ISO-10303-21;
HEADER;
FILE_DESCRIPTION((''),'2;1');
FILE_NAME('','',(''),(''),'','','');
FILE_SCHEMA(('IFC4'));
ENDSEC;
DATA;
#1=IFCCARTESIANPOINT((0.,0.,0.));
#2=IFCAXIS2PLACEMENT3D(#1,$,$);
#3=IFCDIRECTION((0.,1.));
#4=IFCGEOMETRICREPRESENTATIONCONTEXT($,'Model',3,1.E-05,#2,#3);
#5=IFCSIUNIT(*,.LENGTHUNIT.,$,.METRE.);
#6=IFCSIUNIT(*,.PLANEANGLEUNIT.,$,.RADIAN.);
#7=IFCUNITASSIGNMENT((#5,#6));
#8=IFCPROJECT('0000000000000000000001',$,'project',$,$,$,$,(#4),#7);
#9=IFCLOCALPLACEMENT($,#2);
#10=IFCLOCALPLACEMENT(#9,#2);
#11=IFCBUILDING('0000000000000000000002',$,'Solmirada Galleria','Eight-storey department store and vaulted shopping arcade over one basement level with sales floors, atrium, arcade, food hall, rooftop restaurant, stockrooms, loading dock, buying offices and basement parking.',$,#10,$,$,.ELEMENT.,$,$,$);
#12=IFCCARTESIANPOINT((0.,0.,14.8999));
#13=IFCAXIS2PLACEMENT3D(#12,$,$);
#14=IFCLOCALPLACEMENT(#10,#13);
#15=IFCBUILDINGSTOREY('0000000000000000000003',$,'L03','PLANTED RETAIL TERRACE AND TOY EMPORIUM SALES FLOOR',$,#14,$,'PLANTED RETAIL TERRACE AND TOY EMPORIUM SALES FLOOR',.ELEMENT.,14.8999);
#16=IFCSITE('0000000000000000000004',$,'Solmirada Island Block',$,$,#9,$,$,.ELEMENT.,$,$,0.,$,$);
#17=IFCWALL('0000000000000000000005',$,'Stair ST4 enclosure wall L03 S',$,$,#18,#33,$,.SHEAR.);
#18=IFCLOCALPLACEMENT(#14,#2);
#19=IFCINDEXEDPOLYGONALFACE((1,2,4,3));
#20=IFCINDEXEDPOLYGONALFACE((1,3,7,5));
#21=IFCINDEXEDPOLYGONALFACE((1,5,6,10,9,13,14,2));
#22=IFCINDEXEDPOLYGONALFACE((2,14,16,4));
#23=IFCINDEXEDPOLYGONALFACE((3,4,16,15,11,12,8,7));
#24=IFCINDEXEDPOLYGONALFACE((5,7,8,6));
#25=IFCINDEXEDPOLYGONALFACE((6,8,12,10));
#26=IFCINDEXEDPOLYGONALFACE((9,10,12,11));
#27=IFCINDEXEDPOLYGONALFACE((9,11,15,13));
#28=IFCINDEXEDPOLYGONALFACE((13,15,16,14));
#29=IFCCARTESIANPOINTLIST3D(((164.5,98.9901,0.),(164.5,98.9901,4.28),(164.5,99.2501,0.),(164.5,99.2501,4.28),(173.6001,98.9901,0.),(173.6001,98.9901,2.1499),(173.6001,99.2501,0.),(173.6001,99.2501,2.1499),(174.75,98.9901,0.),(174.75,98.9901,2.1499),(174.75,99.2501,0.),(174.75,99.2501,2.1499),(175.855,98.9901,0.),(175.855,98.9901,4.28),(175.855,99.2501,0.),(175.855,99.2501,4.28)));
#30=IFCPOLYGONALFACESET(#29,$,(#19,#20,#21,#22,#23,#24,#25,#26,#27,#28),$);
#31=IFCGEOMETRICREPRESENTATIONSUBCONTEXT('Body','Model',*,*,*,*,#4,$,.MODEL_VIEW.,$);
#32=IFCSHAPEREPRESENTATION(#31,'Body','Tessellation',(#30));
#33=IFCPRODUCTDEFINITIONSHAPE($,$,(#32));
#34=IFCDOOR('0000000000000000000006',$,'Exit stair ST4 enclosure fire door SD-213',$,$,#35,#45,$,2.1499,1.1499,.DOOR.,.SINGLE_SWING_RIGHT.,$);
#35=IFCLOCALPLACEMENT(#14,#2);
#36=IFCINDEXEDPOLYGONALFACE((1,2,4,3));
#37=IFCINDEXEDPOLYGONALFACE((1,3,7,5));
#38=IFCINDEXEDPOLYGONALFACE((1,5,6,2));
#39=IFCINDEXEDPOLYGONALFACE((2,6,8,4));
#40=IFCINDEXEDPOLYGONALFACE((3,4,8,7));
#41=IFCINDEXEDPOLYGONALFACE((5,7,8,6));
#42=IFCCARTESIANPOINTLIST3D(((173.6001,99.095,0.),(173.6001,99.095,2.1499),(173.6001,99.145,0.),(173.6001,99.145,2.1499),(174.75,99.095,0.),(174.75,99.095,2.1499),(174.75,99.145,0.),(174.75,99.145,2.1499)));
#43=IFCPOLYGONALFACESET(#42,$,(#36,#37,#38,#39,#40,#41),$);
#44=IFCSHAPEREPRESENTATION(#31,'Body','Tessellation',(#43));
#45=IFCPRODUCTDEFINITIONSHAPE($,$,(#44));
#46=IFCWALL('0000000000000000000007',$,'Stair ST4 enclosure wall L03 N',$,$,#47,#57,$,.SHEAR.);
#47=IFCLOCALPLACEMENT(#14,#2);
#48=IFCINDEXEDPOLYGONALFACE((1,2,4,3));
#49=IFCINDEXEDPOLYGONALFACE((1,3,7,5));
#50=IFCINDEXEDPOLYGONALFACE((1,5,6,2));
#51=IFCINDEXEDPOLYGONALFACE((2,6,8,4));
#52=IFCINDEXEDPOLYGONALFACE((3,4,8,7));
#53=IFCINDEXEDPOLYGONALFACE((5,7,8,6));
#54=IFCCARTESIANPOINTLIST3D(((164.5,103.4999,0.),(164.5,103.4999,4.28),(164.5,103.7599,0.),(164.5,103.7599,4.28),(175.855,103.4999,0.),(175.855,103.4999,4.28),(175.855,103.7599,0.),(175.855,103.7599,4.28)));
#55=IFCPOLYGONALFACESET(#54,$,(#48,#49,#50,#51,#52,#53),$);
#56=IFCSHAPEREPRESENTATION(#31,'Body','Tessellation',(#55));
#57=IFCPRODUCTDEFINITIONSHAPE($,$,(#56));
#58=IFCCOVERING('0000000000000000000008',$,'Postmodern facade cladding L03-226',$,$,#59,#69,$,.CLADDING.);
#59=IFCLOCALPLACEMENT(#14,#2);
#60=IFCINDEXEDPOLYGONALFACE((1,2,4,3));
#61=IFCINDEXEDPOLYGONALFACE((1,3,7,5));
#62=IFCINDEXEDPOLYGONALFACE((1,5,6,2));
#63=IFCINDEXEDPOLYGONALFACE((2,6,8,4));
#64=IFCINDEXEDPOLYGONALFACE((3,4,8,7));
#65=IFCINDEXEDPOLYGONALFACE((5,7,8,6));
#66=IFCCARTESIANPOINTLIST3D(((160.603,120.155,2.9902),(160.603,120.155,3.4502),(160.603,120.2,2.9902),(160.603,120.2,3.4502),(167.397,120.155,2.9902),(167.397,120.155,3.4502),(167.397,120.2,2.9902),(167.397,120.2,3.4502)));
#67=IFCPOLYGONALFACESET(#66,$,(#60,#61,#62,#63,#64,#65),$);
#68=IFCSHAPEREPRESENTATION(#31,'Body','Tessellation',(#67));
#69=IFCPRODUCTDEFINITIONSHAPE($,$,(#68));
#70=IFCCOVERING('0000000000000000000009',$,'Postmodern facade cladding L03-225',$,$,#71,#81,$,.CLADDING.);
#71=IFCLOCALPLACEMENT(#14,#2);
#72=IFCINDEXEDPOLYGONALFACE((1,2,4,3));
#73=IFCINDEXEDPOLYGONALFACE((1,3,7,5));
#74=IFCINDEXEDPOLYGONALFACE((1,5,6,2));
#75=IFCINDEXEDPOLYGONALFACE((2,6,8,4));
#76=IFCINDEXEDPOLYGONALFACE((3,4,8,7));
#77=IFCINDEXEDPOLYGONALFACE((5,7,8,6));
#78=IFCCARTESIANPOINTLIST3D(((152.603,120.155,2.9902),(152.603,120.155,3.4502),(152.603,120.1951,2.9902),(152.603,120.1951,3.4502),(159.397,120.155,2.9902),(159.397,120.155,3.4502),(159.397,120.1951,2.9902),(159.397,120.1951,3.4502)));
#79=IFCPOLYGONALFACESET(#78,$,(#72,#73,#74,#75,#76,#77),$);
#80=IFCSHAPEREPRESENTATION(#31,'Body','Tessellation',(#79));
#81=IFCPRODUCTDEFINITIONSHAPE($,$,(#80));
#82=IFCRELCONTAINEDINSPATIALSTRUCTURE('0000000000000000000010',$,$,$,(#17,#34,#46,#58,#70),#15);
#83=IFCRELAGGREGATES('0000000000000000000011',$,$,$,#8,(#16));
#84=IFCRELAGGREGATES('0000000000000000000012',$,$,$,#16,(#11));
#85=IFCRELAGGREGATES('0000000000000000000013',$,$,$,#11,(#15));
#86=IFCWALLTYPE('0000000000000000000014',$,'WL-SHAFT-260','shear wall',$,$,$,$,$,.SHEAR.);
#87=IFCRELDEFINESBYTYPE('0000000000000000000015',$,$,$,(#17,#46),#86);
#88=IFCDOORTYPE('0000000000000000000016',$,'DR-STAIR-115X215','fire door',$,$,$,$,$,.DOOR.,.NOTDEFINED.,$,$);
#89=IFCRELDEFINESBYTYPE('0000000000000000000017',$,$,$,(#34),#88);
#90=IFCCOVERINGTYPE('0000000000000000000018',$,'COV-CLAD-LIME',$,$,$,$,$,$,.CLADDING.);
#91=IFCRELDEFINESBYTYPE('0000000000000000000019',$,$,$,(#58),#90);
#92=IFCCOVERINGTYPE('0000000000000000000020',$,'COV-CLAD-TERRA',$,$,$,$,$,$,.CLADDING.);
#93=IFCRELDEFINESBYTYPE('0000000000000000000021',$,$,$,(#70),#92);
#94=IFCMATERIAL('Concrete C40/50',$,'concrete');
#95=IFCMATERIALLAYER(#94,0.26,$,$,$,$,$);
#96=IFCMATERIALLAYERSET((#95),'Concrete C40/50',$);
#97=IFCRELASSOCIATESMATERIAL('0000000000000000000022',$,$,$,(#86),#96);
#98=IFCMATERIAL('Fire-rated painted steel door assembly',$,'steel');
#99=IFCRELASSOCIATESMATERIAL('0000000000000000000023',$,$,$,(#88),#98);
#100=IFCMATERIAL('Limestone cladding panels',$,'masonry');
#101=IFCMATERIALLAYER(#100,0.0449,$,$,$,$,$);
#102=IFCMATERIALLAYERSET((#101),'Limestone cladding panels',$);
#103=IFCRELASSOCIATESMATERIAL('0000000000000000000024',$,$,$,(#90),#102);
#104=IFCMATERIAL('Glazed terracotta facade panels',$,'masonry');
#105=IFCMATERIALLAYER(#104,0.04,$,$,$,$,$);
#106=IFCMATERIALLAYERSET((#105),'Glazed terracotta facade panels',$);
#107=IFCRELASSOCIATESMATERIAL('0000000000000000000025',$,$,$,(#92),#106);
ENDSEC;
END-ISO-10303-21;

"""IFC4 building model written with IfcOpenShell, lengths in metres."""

from ifc_helpers import new_model, si_unit, direction, frame, frame_2d, origin, origin_2d, place, context, subcontext, project, spatial, rectangle, extrude, material, layer, layer_set, type_object, element, fill, save


model = new_model("IFC4")

# Units and contexts
model_context = context("Model", 3, precision=1e-05, world=origin(), true_north=direction((0.0, 1.0)))
body_context = subcontext(model_context, "Body", "Model", "MODEL_VIEW")
ifc_project = project(units=[si_unit("LENGTHUNIT", "METRE"), si_unit("PLANEANGLEUNIT", "RADIAN")], contexts=[model_context])

# Site, building, storey
site_placement = place(None, origin())
site = spatial("IfcSite", under=ifc_project, at=site_placement, Name="Solmirada Island Block", CompositionType="ELEMENT", RefElevation=0.0)
building_placement = place(site_placement, origin())
building = spatial("IfcBuilding", under=site, at=building_placement, Name="Solmirada Galleria", Description="Eight-storey department store and vaulted shopping arcade over one basement level with sales floors, atrium, arcade, food hall, rooftop restaurant, stockrooms, loading dock, buying offices and basement parking.", CompositionType="ELEMENT")
storey_placement = place(building_placement, frame((0.0, 0.0, 14.8999)))
storey = spatial("IfcBuildingStorey", under=building, at=storey_placement, Name="L03", Description="PLANTED RETAIL TERRACE AND TOY EMPORIUM SALES FLOOR", LongName="PLANTED RETAIL TERRACE AND TOY EMPORIUM SALES FLOOR", CompositionType="ELEMENT", Elevation=14.8999)

# Shared definitions
ifc_material_1 = material(Name="Concrete C40/50", Category="concrete")

# Wall, opening, door
ifc_layer_1 = layer(ifc_material_1, 0.26)
ifc_layer_set_1 = layer_set([ifc_layer_1], Name="Concrete C40/50")
wall_type_1 = type_object("IfcWallType", Name="WL-SHAFT-260", Description="shear wall", PredefinedType="SHEAR", material=ifc_layer_set_1)
wall_1_placement = place(storey_placement, frame((164.5, 99.1201, 0.0), z_axis=(0.0, 0.0, 1.0), x_axis=(1.0, 0.0, 0.0)))
wall_1 = element("IfcWall", 1, at=wall_1_placement, inside=storey, type_object=wall_type_1, Name="Stair ST4 enclosure wall L03 S", PredefinedType="SHEAR", context=body_context, shape_type="SweptSolid", body=[
    extrude(rectangle(XDim=11.355, YDim=0.26, at=frame_2d((5.6775, 0.0))), origin(), (0.0, 0.0, 1.0), 4.28),
])
opening_1_placement = place(wall_1_placement, frame((9.1001, 0.0, 0.0)))
opening_1 = element("IfcOpeningElement", 2, at=opening_1_placement, cuts=wall_1, PredefinedType="OPENING", context=body_context, shape_type="SweptSolid", body=[
    extrude(rectangle(XDim=1.1499, YDim=2.1499, at=frame_2d((0.575, 1.075))), frame((0.0, 0.1399, 0.0), z_axis=(0.0, -1.0, 0.0), x_axis=(1.0, 0.0, 0.0)), (0.0, 0.0, 1.0), 0.28),
])
ifc_material_2 = material(Name="Fire-rated painted steel door assembly", Category="steel")
door_type = type_object("IfcDoorType", Name="DR-STAIR-115X215", Description="fire door", OperationType="NOTDEFINED", PredefinedType="DOOR", material=ifc_material_2)
door_placement = place(opening_1_placement, origin())
door = element("IfcDoor", 3, at=door_placement, inside=storey, type_object=door_type, Name="Exit stair ST4 enclosure fire door SD-213", OperationType="SINGLE_SWING_RIGHT", OverallHeight=2.1499, OverallWidth=1.1499, PredefinedType="DOOR", context=body_context, shape_type="SweptSolid", body=[
    extrude(rectangle(XDim=1.1499, YDim=2.1499, at=frame_2d((0.575, 1.075))), frame((0.0, 0.0249, 0.0), z_axis=(0.0, -1.0, 0.0), x_axis=(1.0, 0.0, 0.0)), (0.0, 0.0, 1.0), 0.05),
])
fill(opening_1, door)

# Wall
wall_2_placement = place(storey_placement, frame((164.5, 103.6299, 0.0), z_axis=(0.0, 0.0, 1.0), x_axis=(1.0, 0.0, 0.0)))
element("IfcWall", 4, at=wall_2_placement, inside=storey, type_object=wall_type_1, Name="Stair ST4 enclosure wall L03 N", PredefinedType="SHEAR", context=body_context, shape_type="SweptSolid", body=[
    extrude(rectangle(XDim=11.355, YDim=0.26, at=frame_2d((5.6775, 0.0))), origin(), (0.0, 0.0, 1.0), 4.28),
])

# Coverings
ifc_material_3 = material(Name="Limestone cladding panels", Category="masonry")
ifc_layer_2 = layer(ifc_material_3, 0.0449)
ifc_layer_set_2 = layer_set([ifc_layer_2], Name="Limestone cladding panels")
covering_type_1 = type_object("IfcCoveringType", Name="COV-CLAD-LIME", PredefinedType="CLADDING", material=ifc_layer_set_2)
covering_1_placement = place(storey_placement, frame((164.0, 120.1775, 2.9902), z_axis=(0.0, 0.0, 1.0), x_axis=(1.0, 0.0, 0.0)))
element("IfcCovering", 5, at=covering_1_placement, inside=storey, type_object=covering_type_1, Name="Postmodern facade cladding L03-226", PredefinedType="CLADDING", context=body_context, shape_type="SweptSolid", body=[
    extrude(rectangle(XDim=6.7939, YDim=0.0449, at=origin_2d()), origin(), (0.0, 0.0, 1.0), 0.46),
])
ifc_material_4 = material(Name="Glazed terracotta facade panels", Category="masonry")
ifc_layer_3 = layer(ifc_material_4, 0.04)
ifc_layer_set_3 = layer_set([ifc_layer_3], Name="Glazed terracotta facade panels")
covering_type_2 = type_object("IfcCoveringType", Name="COV-CLAD-TERRA", PredefinedType="CLADDING", material=ifc_layer_set_3)
covering_2_placement = place(storey_placement, frame((156.0, 120.175, 2.9902), z_axis=(0.0, 0.0, 1.0), x_axis=(1.0, 0.0, 0.0)))
element("IfcCovering", 6, at=covering_2_placement, inside=storey, type_object=covering_type_2, Name="Postmodern facade cladding L03-225", PredefinedType="CLADDING", context=body_context, shape_type="SweptSolid", body=[
    extrude(rectangle(XDim=6.7939, YDim=0.04, at=origin_2d()), origin(), (0.0, 0.0, 1.0), 0.46),
])

save(model, "model.ifc")
